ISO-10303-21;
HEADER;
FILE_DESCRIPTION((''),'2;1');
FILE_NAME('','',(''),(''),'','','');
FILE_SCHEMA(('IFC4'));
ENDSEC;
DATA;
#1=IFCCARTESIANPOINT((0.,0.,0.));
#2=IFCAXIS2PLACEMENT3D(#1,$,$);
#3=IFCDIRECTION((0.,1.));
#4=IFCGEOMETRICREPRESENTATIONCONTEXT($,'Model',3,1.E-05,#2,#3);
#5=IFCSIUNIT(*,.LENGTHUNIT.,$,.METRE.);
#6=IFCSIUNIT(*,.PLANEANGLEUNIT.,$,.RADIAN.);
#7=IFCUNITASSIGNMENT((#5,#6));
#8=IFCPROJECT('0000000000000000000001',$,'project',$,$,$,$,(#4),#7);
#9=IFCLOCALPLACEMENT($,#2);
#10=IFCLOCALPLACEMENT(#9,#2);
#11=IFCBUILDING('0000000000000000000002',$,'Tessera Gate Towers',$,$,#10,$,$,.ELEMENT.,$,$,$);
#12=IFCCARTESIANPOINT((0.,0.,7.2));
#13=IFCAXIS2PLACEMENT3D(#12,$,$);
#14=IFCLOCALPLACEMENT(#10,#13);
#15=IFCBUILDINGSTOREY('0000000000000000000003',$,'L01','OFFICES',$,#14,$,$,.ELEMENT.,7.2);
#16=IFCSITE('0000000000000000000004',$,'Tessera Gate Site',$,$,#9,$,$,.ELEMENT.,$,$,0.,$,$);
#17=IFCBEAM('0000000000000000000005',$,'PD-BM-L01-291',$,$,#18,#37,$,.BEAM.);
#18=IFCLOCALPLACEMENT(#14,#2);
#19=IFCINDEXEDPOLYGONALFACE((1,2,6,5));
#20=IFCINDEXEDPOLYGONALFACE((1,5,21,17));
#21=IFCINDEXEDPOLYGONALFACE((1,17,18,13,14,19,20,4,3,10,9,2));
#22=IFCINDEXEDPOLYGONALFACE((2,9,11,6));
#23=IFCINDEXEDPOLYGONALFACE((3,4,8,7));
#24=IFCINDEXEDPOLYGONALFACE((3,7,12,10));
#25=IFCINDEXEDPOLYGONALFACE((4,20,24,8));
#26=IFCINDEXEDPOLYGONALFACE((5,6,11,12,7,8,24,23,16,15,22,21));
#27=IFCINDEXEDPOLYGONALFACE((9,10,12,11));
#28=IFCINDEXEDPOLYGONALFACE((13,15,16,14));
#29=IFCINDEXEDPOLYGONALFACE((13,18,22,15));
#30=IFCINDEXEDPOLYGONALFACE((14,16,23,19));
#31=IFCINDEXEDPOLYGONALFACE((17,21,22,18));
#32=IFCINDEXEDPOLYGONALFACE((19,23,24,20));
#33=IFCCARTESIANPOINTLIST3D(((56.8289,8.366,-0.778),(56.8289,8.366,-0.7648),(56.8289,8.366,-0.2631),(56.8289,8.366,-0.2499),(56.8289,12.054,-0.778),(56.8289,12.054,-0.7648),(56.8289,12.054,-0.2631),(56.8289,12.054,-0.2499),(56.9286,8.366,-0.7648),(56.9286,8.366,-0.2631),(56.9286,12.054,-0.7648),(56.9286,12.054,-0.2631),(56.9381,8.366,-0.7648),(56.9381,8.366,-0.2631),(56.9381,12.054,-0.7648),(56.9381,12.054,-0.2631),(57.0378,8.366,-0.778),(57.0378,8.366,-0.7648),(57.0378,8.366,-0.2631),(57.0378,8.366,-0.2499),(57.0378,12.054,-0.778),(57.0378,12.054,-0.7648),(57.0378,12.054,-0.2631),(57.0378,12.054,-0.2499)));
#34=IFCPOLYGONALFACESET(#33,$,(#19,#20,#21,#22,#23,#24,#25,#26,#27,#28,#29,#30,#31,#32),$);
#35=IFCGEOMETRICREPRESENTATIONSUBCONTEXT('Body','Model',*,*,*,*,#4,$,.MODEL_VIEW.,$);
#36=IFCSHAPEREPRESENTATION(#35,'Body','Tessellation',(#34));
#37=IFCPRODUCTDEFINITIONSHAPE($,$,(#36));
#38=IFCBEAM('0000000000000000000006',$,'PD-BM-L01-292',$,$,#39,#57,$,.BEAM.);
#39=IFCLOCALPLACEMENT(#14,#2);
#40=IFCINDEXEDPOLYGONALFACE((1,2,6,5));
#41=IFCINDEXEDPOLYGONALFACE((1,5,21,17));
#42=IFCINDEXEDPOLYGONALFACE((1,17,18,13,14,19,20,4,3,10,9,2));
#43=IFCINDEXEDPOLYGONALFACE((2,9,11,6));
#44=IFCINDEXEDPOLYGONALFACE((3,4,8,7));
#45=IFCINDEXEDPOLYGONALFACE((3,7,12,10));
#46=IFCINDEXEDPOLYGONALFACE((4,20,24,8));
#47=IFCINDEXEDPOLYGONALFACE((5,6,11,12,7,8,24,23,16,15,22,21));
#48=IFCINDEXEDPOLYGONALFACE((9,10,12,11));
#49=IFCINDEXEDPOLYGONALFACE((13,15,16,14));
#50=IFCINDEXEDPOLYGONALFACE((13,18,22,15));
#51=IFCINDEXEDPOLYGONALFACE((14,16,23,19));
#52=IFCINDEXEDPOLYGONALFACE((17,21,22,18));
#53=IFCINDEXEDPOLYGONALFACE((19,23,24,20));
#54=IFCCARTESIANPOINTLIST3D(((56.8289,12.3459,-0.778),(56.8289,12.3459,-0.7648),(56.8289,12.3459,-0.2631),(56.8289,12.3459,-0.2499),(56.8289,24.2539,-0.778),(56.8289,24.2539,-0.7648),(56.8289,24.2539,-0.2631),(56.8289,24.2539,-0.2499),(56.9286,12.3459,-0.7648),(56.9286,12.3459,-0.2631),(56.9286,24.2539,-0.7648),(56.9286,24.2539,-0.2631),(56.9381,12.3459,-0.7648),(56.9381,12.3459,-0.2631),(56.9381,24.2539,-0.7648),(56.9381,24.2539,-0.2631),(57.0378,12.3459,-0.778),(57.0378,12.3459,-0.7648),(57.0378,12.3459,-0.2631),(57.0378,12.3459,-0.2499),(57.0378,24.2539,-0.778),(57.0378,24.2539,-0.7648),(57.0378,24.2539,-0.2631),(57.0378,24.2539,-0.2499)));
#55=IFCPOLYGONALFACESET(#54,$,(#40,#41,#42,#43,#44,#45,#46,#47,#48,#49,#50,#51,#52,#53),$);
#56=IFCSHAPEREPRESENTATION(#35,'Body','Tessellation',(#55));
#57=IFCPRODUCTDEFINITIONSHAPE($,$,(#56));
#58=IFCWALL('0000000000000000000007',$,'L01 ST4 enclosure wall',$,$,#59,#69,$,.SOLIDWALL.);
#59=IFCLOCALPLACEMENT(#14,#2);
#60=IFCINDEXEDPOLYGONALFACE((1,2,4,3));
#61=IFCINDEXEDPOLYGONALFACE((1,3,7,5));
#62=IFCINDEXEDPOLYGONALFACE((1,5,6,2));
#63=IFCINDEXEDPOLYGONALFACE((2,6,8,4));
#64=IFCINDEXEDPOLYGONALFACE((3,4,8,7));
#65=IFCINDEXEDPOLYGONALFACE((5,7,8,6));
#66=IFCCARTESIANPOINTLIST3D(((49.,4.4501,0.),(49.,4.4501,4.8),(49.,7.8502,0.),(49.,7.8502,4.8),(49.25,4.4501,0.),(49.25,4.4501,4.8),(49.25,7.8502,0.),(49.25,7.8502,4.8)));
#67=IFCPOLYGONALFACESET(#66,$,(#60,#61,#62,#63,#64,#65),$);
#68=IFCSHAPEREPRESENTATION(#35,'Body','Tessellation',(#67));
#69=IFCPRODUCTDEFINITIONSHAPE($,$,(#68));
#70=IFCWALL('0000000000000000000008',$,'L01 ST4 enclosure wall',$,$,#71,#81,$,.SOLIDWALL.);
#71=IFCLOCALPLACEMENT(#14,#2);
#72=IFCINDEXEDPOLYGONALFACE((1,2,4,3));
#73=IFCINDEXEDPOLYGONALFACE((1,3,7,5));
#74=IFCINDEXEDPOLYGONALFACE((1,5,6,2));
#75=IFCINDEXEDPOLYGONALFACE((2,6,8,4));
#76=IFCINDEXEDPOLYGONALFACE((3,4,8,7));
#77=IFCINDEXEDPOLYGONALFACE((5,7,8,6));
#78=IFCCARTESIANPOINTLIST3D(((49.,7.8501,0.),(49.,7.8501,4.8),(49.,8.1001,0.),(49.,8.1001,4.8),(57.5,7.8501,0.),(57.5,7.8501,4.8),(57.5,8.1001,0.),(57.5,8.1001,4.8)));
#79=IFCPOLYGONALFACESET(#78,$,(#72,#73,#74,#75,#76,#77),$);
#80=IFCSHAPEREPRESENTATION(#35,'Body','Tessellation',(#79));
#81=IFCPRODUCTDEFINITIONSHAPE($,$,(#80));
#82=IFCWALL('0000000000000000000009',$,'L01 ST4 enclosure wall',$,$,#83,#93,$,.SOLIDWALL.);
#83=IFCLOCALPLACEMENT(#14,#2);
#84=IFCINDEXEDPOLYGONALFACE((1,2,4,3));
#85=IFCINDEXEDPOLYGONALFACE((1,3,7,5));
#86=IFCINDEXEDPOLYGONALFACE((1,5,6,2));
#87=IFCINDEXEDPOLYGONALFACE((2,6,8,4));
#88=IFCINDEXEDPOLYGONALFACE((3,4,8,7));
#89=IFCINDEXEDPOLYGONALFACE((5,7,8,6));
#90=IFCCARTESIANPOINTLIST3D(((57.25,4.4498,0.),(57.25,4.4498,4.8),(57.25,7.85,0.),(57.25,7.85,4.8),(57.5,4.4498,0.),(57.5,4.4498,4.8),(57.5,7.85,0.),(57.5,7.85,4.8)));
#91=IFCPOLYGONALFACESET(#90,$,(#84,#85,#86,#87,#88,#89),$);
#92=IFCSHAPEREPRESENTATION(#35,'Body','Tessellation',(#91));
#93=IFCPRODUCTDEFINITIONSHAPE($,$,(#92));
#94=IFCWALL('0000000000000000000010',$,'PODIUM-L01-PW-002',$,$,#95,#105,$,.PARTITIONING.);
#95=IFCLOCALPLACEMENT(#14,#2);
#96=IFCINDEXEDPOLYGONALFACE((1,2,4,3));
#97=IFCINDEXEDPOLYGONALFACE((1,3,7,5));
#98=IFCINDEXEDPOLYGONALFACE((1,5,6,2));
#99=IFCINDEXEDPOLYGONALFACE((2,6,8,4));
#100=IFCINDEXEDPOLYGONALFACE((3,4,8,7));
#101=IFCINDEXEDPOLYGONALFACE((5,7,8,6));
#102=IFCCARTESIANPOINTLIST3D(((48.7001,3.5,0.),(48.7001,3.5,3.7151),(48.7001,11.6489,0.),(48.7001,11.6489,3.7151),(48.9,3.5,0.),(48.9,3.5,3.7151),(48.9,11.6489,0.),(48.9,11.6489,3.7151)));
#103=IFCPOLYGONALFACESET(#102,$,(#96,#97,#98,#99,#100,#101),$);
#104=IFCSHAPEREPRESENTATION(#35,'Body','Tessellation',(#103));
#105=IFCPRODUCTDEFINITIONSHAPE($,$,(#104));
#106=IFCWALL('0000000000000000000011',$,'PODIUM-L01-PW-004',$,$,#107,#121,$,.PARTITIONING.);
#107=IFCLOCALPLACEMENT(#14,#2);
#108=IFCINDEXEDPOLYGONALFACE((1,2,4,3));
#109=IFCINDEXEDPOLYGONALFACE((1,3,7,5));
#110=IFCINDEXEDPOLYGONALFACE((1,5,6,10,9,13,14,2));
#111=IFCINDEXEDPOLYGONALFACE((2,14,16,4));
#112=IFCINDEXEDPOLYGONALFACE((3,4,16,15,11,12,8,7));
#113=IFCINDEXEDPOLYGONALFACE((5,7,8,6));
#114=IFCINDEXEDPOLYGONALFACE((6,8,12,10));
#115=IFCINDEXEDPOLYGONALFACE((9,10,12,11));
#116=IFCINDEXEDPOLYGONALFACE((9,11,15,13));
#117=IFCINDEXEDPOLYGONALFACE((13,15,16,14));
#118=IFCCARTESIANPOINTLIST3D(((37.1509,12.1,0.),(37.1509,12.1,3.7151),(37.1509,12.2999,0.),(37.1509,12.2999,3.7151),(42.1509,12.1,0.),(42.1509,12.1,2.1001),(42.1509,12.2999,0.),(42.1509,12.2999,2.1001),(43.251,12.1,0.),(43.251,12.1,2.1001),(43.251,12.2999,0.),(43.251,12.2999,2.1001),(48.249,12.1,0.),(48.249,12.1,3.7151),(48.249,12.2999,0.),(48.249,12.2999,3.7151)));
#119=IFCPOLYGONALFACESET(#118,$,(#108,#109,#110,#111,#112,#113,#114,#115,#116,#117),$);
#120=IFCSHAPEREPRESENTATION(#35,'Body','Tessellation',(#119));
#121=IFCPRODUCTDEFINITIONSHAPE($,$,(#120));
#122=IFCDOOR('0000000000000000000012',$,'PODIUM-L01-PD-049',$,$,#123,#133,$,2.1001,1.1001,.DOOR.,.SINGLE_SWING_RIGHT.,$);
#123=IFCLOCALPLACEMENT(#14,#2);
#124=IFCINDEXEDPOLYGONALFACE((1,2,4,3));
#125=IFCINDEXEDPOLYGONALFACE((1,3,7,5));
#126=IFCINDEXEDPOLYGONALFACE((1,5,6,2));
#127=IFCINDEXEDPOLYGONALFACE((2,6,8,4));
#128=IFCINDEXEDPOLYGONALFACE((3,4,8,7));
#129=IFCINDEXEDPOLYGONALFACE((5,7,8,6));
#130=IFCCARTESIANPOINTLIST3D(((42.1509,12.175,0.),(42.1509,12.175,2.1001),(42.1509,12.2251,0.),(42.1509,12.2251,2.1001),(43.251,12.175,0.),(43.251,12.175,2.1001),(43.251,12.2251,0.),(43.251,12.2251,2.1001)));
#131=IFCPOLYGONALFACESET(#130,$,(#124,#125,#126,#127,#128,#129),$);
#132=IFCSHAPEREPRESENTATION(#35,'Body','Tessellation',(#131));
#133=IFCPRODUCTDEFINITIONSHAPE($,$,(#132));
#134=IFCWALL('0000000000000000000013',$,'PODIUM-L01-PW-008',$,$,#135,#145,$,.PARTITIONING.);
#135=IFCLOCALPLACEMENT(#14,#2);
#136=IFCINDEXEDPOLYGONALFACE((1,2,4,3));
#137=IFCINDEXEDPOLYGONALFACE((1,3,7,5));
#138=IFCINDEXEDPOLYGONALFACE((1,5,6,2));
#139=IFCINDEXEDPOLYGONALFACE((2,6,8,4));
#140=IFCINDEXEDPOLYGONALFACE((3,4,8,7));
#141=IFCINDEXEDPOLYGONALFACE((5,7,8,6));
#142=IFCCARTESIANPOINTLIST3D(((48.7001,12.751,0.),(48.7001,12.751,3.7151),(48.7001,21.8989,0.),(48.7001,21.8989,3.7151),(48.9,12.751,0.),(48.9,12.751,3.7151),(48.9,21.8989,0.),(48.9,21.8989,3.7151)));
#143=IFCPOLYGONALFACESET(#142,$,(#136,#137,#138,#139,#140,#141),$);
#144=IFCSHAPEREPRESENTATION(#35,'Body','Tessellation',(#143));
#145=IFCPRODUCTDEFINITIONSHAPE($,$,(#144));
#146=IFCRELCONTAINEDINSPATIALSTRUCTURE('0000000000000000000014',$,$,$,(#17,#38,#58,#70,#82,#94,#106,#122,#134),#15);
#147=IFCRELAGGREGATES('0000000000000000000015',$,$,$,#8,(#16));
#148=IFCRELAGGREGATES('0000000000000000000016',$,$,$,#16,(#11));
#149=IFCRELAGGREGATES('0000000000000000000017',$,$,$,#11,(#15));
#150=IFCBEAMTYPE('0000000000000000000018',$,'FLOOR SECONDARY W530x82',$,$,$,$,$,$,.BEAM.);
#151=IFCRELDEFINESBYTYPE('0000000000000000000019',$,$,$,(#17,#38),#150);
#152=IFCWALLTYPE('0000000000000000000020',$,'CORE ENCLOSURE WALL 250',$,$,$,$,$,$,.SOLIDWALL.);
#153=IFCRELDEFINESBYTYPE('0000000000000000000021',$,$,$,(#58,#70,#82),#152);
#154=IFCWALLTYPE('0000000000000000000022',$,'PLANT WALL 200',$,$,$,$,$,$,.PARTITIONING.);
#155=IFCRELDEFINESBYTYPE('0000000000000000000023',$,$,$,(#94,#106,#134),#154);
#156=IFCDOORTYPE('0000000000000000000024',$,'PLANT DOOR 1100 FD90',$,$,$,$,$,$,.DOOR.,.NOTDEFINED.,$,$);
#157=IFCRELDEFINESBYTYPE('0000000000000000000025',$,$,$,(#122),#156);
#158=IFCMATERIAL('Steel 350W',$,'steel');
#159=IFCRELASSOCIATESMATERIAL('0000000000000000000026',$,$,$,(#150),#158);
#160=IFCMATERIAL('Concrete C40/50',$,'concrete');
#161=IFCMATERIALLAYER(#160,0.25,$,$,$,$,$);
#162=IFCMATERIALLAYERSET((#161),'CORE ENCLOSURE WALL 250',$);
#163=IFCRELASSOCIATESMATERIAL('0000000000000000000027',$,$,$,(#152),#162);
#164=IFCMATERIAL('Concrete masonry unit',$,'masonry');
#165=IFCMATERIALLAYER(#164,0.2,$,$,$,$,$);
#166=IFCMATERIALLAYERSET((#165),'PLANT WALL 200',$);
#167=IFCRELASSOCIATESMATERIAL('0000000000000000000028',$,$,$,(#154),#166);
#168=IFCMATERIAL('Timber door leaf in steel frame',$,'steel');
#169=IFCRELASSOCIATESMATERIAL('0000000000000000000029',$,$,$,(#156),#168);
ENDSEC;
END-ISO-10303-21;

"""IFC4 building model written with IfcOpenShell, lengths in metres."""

from ifc_helpers import new_model, si_unit, direction, frame, frame_2d, origin, origin_2d, place, context, subcontext, project, spatial, rectangle, i_section, extrude, source, transform, mapped, material, layer, layer_set, material_profile, profile_set, type_object, element, fill, save


model = new_model("IFC4")

# Units and contexts
model_context = context("Model", 3, precision=1e-05, world=origin(), true_north=direction((0.0, 1.0)))
body_context = subcontext(model_context, "Body", "Model", "MODEL_VIEW")
ifc_project = project(units=[si_unit("LENGTHUNIT", "METRE"), si_unit("PLANEANGLEUNIT", "RADIAN")], contexts=[model_context])

# Site, building, storey
site_placement = place(None, origin())
site = spatial("IfcSite", under=ifc_project, at=site_placement, Name="Tessera Gate Site", CompositionType="ELEMENT", RefElevation=0.0)
building_placement = place(site_placement, origin())
building = spatial("IfcBuilding", under=site, at=building_placement, Name="Tessera Gate Towers", CompositionType="ELEMENT")
storey_placement = place(building_placement, frame((0.0, 0.0, 7.2)))
storey = spatial("IfcBuildingStorey", under=building, at=storey_placement, Name="L01", Description="OFFICES", CompositionType="ELEMENT", Elevation=7.2)

# Beams
ifc_material_1 = material(Name="Steel 350W", Category="steel")
ifc_material_profile_1 = material_profile(ifc_material_1, i_section(OverallWidth=0.209, OverallDepth=0.5281, WebThickness=0.0095, FlangeThickness=0.0132, at=origin_2d()), Name="W530x82")
ifc_profile_set_1 = profile_set([ifc_material_profile_1], Name="Steel 350W")
beam_type_1 = type_object("IfcBeamType", Name="FLOOR SECONDARY W530x82", PredefinedType="BEAM", material=ifc_profile_set_1)
beam_1_placement = place(storey_placement, frame((56.9333, 8.366, -0.5139), z_axis=(0.0, 1.0, 0.0), x_axis=(-1.0, 0.0, 0.0)))
element("IfcBeam", 1, at=beam_1_placement, inside=storey, type_object=beam_type_1, Name="PD-BM-L01-291", PredefinedType="BEAM", context=body_context, shape_type="SweptSolid", body=[
    extrude(i_section(OverallWidth=0.209, OverallDepth=0.5281, WebThickness=0.0095, FlangeThickness=0.0132, at=origin_2d()), origin(), (0.0, 0.0, 1.0), 3.688),
])
beam_2_placement = place(storey_placement, frame((56.9333, 12.3459, -0.5139), z_axis=(0.0, 1.0, 0.0), x_axis=(-1.0, 0.0, 0.0)))
element("IfcBeam", 2, at=beam_2_placement, inside=storey, type_object=beam_type_1, Name="PD-BM-L01-292", PredefinedType="BEAM", context=body_context, shape_type="SweptSolid", body=[
    extrude(i_section(OverallWidth=0.209, OverallDepth=0.5281, WebThickness=0.0095, FlangeThickness=0.0132, at=origin_2d()), origin(), (0.0, 0.0, 1.0), 11.908),
])

# Walls
ifc_material_2 = material(Name="Concrete C40/50", Category="concrete")
ifc_layer_1 = layer(ifc_material_2, 0.25)
ifc_layer_set_1 = layer_set([ifc_layer_1], Name="CORE ENCLOSURE WALL 250")
wall_type_1 = type_object("IfcWallType", Name="CORE ENCLOSURE WALL 250", PredefinedType="SOLIDWALL", material=ifc_layer_set_1)
wall_1_placement = place(storey_placement, frame((49.125, 4.45, 0.0), z_axis=(0.0, 0.0, 1.0), x_axis=(0.0, 1.0, 0.0)))
element("IfcWall", 3, at=wall_1_placement, inside=storey, type_object=wall_type_1, Name="L01 ST4 enclosure wall", PredefinedType="SOLIDWALL", context=body_context, shape_type="SweptSolid", body=[
    extrude(rectangle(XDim=3.4001, YDim=0.25, at=frame_2d((1.7002, 0.0))), origin(), (0.0, 0.0, 1.0), 4.8),
])
wall_2_placement = place(storey_placement, frame((49.0, 7.9751, 0.0), z_axis=(0.0, 0.0, 1.0), x_axis=(1.0, 0.0, 0.0)))
element("IfcWall", 4, at=wall_2_placement, inside=storey, type_object=wall_type_1, Name="L01 ST4 enclosure wall", PredefinedType="SOLIDWALL", context=body_context, shape_type="SweptSolid", body=[
    extrude(rectangle(XDim=8.5, YDim=0.25, at=frame_2d((4.25, 0.0))), origin(), (0.0, 0.0, 1.0), 4.8),
])
wall_3_placement = place(storey_placement, frame((57.375, 7.8501, 0.0), z_axis=(0.0, 0.0, 1.0), x_axis=(0.0, -1.0, 0.0)))
element("IfcWall", 5, at=wall_3_placement, inside=storey, type_object=wall_type_1, Name="L01 ST4 enclosure wall", PredefinedType="SOLIDWALL", context=body_context, shape_type="SweptSolid", body=[
    extrude(rectangle(XDim=3.4001, YDim=0.25, at=frame_2d((1.7002, 0.0))), origin(), (0.0, 0.0, 1.0), 4.8),
])
ifc_material_3 = material(Name="Concrete masonry unit", Category="masonry")
ifc_layer_2 = layer(ifc_material_3, 0.2)
ifc_layer_set_2 = layer_set([ifc_layer_2], Name="PLANT WALL 200")
wall_type_2 = type_object("IfcWallType", Name="PLANT WALL 200", PredefinedType="PARTITIONING", material=ifc_layer_set_2)
wall_4_placement = place(storey_placement, frame((48.8, 3.5, 0.0), z_axis=(0.0, 0.0, 1.0), x_axis=(0.0, 1.0, 0.0)))
element("IfcWall", 6, at=wall_4_placement, inside=storey, type_object=wall_type_2, Name="PODIUM-L01-PW-002", PredefinedType="PARTITIONING", context=body_context, shape_type="SweptSolid", body=[
    extrude(rectangle(XDim=8.1489, YDim=0.2, at=frame_2d((4.0745, 0.0))), origin(), (0.0, 0.0, 1.0), 3.7151),
])

# Wall, opening, door
wall_5_placement = place(storey_placement, frame((48.249, 12.2, 0.0), z_axis=(0.0, 0.0, 1.0), x_axis=(-1.0, 0.0, 0.0)))
wall_5 = element("IfcWall", 7, at=wall_5_placement, inside=storey, type_object=wall_type_2, Name="PODIUM-L01-PW-004", PredefinedType="PARTITIONING", context=body_context, shape_type="SweptSolid", body=[
    extrude(rectangle(XDim=11.0981, YDim=0.2, at=frame_2d((5.5491, 0.0))), origin(), (0.0, 0.0, 1.0), 3.7151),
])
shared_shape_1 = source(origin(), body_context, "Body", "SweptSolid", [
    extrude(rectangle(XDim=1.1001, YDim=2.1001, at=frame_2d((0.55, 1.05))), frame((0.0, 0.1099, 0.0), z_axis=(0.0, -1.0, 0.0), x_axis=(1.0, 0.0, 0.0)), (0.0, 0.0, 1.0), 0.22),
])
opening_placement = place(wall_5_placement, frame((4.998, 0.0, 0.0)))
opening = element("IfcOpeningElement", 8, at=opening_placement, cuts=wall_5, PredefinedType="OPENING", context=body_context, shape_type="MappedRepresentation", body=[
    mapped(shared_shape_1, transform((0.0, 0.0, 0.0), scale=1.0)),
])
ifc_material_4 = material(Name="Timber door leaf in steel frame", Category="steel")
door_type = type_object("IfcDoorType", Name="PLANT DOOR 1100 FD90", OperationType="NOTDEFINED", PredefinedType="DOOR", material=ifc_material_4)
shared_shape_2 = source(origin(), body_context, "Body", "SweptSolid", [
    extrude(rectangle(XDim=1.1001, YDim=2.1001, at=frame_2d((0.55, 1.05))), frame((0.0, 0.0249, 0.0), z_axis=(0.0, -1.0, 0.0), x_axis=(1.0, 0.0, 0.0)), (0.0, 0.0, 1.0), 0.05),
])
door_placement = place(opening_placement, origin())
door = element("IfcDoor", 9, at=door_placement, inside=storey, type_object=door_type, Name="PODIUM-L01-PD-049", OperationType="SINGLE_SWING_RIGHT", OverallHeight=2.1001, OverallWidth=1.1001, PredefinedType="DOOR", context=body_context, shape_type="MappedRepresentation", body=[
    mapped(shared_shape_2, transform((0.0, 0.0, 0.0), scale=1.0)),
])
fill(opening, door)

# Wall
wall_6_placement = place(storey_placement, frame((48.8, 12.751, 0.0), z_axis=(0.0, 0.0, 1.0), x_axis=(0.0, 1.0, 0.0)))
element("IfcWall", 10, at=wall_6_placement, inside=storey, type_object=wall_type_2, Name="PODIUM-L01-PW-008", PredefinedType="PARTITIONING", context=body_context, shape_type="SweptSolid", body=[
    extrude(rectangle(XDim=9.1479, YDim=0.2, at=frame_2d((4.574, 0.0))), origin(), (0.0, 0.0, 1.0), 3.7151),
])

save(model, "model.ifc")
